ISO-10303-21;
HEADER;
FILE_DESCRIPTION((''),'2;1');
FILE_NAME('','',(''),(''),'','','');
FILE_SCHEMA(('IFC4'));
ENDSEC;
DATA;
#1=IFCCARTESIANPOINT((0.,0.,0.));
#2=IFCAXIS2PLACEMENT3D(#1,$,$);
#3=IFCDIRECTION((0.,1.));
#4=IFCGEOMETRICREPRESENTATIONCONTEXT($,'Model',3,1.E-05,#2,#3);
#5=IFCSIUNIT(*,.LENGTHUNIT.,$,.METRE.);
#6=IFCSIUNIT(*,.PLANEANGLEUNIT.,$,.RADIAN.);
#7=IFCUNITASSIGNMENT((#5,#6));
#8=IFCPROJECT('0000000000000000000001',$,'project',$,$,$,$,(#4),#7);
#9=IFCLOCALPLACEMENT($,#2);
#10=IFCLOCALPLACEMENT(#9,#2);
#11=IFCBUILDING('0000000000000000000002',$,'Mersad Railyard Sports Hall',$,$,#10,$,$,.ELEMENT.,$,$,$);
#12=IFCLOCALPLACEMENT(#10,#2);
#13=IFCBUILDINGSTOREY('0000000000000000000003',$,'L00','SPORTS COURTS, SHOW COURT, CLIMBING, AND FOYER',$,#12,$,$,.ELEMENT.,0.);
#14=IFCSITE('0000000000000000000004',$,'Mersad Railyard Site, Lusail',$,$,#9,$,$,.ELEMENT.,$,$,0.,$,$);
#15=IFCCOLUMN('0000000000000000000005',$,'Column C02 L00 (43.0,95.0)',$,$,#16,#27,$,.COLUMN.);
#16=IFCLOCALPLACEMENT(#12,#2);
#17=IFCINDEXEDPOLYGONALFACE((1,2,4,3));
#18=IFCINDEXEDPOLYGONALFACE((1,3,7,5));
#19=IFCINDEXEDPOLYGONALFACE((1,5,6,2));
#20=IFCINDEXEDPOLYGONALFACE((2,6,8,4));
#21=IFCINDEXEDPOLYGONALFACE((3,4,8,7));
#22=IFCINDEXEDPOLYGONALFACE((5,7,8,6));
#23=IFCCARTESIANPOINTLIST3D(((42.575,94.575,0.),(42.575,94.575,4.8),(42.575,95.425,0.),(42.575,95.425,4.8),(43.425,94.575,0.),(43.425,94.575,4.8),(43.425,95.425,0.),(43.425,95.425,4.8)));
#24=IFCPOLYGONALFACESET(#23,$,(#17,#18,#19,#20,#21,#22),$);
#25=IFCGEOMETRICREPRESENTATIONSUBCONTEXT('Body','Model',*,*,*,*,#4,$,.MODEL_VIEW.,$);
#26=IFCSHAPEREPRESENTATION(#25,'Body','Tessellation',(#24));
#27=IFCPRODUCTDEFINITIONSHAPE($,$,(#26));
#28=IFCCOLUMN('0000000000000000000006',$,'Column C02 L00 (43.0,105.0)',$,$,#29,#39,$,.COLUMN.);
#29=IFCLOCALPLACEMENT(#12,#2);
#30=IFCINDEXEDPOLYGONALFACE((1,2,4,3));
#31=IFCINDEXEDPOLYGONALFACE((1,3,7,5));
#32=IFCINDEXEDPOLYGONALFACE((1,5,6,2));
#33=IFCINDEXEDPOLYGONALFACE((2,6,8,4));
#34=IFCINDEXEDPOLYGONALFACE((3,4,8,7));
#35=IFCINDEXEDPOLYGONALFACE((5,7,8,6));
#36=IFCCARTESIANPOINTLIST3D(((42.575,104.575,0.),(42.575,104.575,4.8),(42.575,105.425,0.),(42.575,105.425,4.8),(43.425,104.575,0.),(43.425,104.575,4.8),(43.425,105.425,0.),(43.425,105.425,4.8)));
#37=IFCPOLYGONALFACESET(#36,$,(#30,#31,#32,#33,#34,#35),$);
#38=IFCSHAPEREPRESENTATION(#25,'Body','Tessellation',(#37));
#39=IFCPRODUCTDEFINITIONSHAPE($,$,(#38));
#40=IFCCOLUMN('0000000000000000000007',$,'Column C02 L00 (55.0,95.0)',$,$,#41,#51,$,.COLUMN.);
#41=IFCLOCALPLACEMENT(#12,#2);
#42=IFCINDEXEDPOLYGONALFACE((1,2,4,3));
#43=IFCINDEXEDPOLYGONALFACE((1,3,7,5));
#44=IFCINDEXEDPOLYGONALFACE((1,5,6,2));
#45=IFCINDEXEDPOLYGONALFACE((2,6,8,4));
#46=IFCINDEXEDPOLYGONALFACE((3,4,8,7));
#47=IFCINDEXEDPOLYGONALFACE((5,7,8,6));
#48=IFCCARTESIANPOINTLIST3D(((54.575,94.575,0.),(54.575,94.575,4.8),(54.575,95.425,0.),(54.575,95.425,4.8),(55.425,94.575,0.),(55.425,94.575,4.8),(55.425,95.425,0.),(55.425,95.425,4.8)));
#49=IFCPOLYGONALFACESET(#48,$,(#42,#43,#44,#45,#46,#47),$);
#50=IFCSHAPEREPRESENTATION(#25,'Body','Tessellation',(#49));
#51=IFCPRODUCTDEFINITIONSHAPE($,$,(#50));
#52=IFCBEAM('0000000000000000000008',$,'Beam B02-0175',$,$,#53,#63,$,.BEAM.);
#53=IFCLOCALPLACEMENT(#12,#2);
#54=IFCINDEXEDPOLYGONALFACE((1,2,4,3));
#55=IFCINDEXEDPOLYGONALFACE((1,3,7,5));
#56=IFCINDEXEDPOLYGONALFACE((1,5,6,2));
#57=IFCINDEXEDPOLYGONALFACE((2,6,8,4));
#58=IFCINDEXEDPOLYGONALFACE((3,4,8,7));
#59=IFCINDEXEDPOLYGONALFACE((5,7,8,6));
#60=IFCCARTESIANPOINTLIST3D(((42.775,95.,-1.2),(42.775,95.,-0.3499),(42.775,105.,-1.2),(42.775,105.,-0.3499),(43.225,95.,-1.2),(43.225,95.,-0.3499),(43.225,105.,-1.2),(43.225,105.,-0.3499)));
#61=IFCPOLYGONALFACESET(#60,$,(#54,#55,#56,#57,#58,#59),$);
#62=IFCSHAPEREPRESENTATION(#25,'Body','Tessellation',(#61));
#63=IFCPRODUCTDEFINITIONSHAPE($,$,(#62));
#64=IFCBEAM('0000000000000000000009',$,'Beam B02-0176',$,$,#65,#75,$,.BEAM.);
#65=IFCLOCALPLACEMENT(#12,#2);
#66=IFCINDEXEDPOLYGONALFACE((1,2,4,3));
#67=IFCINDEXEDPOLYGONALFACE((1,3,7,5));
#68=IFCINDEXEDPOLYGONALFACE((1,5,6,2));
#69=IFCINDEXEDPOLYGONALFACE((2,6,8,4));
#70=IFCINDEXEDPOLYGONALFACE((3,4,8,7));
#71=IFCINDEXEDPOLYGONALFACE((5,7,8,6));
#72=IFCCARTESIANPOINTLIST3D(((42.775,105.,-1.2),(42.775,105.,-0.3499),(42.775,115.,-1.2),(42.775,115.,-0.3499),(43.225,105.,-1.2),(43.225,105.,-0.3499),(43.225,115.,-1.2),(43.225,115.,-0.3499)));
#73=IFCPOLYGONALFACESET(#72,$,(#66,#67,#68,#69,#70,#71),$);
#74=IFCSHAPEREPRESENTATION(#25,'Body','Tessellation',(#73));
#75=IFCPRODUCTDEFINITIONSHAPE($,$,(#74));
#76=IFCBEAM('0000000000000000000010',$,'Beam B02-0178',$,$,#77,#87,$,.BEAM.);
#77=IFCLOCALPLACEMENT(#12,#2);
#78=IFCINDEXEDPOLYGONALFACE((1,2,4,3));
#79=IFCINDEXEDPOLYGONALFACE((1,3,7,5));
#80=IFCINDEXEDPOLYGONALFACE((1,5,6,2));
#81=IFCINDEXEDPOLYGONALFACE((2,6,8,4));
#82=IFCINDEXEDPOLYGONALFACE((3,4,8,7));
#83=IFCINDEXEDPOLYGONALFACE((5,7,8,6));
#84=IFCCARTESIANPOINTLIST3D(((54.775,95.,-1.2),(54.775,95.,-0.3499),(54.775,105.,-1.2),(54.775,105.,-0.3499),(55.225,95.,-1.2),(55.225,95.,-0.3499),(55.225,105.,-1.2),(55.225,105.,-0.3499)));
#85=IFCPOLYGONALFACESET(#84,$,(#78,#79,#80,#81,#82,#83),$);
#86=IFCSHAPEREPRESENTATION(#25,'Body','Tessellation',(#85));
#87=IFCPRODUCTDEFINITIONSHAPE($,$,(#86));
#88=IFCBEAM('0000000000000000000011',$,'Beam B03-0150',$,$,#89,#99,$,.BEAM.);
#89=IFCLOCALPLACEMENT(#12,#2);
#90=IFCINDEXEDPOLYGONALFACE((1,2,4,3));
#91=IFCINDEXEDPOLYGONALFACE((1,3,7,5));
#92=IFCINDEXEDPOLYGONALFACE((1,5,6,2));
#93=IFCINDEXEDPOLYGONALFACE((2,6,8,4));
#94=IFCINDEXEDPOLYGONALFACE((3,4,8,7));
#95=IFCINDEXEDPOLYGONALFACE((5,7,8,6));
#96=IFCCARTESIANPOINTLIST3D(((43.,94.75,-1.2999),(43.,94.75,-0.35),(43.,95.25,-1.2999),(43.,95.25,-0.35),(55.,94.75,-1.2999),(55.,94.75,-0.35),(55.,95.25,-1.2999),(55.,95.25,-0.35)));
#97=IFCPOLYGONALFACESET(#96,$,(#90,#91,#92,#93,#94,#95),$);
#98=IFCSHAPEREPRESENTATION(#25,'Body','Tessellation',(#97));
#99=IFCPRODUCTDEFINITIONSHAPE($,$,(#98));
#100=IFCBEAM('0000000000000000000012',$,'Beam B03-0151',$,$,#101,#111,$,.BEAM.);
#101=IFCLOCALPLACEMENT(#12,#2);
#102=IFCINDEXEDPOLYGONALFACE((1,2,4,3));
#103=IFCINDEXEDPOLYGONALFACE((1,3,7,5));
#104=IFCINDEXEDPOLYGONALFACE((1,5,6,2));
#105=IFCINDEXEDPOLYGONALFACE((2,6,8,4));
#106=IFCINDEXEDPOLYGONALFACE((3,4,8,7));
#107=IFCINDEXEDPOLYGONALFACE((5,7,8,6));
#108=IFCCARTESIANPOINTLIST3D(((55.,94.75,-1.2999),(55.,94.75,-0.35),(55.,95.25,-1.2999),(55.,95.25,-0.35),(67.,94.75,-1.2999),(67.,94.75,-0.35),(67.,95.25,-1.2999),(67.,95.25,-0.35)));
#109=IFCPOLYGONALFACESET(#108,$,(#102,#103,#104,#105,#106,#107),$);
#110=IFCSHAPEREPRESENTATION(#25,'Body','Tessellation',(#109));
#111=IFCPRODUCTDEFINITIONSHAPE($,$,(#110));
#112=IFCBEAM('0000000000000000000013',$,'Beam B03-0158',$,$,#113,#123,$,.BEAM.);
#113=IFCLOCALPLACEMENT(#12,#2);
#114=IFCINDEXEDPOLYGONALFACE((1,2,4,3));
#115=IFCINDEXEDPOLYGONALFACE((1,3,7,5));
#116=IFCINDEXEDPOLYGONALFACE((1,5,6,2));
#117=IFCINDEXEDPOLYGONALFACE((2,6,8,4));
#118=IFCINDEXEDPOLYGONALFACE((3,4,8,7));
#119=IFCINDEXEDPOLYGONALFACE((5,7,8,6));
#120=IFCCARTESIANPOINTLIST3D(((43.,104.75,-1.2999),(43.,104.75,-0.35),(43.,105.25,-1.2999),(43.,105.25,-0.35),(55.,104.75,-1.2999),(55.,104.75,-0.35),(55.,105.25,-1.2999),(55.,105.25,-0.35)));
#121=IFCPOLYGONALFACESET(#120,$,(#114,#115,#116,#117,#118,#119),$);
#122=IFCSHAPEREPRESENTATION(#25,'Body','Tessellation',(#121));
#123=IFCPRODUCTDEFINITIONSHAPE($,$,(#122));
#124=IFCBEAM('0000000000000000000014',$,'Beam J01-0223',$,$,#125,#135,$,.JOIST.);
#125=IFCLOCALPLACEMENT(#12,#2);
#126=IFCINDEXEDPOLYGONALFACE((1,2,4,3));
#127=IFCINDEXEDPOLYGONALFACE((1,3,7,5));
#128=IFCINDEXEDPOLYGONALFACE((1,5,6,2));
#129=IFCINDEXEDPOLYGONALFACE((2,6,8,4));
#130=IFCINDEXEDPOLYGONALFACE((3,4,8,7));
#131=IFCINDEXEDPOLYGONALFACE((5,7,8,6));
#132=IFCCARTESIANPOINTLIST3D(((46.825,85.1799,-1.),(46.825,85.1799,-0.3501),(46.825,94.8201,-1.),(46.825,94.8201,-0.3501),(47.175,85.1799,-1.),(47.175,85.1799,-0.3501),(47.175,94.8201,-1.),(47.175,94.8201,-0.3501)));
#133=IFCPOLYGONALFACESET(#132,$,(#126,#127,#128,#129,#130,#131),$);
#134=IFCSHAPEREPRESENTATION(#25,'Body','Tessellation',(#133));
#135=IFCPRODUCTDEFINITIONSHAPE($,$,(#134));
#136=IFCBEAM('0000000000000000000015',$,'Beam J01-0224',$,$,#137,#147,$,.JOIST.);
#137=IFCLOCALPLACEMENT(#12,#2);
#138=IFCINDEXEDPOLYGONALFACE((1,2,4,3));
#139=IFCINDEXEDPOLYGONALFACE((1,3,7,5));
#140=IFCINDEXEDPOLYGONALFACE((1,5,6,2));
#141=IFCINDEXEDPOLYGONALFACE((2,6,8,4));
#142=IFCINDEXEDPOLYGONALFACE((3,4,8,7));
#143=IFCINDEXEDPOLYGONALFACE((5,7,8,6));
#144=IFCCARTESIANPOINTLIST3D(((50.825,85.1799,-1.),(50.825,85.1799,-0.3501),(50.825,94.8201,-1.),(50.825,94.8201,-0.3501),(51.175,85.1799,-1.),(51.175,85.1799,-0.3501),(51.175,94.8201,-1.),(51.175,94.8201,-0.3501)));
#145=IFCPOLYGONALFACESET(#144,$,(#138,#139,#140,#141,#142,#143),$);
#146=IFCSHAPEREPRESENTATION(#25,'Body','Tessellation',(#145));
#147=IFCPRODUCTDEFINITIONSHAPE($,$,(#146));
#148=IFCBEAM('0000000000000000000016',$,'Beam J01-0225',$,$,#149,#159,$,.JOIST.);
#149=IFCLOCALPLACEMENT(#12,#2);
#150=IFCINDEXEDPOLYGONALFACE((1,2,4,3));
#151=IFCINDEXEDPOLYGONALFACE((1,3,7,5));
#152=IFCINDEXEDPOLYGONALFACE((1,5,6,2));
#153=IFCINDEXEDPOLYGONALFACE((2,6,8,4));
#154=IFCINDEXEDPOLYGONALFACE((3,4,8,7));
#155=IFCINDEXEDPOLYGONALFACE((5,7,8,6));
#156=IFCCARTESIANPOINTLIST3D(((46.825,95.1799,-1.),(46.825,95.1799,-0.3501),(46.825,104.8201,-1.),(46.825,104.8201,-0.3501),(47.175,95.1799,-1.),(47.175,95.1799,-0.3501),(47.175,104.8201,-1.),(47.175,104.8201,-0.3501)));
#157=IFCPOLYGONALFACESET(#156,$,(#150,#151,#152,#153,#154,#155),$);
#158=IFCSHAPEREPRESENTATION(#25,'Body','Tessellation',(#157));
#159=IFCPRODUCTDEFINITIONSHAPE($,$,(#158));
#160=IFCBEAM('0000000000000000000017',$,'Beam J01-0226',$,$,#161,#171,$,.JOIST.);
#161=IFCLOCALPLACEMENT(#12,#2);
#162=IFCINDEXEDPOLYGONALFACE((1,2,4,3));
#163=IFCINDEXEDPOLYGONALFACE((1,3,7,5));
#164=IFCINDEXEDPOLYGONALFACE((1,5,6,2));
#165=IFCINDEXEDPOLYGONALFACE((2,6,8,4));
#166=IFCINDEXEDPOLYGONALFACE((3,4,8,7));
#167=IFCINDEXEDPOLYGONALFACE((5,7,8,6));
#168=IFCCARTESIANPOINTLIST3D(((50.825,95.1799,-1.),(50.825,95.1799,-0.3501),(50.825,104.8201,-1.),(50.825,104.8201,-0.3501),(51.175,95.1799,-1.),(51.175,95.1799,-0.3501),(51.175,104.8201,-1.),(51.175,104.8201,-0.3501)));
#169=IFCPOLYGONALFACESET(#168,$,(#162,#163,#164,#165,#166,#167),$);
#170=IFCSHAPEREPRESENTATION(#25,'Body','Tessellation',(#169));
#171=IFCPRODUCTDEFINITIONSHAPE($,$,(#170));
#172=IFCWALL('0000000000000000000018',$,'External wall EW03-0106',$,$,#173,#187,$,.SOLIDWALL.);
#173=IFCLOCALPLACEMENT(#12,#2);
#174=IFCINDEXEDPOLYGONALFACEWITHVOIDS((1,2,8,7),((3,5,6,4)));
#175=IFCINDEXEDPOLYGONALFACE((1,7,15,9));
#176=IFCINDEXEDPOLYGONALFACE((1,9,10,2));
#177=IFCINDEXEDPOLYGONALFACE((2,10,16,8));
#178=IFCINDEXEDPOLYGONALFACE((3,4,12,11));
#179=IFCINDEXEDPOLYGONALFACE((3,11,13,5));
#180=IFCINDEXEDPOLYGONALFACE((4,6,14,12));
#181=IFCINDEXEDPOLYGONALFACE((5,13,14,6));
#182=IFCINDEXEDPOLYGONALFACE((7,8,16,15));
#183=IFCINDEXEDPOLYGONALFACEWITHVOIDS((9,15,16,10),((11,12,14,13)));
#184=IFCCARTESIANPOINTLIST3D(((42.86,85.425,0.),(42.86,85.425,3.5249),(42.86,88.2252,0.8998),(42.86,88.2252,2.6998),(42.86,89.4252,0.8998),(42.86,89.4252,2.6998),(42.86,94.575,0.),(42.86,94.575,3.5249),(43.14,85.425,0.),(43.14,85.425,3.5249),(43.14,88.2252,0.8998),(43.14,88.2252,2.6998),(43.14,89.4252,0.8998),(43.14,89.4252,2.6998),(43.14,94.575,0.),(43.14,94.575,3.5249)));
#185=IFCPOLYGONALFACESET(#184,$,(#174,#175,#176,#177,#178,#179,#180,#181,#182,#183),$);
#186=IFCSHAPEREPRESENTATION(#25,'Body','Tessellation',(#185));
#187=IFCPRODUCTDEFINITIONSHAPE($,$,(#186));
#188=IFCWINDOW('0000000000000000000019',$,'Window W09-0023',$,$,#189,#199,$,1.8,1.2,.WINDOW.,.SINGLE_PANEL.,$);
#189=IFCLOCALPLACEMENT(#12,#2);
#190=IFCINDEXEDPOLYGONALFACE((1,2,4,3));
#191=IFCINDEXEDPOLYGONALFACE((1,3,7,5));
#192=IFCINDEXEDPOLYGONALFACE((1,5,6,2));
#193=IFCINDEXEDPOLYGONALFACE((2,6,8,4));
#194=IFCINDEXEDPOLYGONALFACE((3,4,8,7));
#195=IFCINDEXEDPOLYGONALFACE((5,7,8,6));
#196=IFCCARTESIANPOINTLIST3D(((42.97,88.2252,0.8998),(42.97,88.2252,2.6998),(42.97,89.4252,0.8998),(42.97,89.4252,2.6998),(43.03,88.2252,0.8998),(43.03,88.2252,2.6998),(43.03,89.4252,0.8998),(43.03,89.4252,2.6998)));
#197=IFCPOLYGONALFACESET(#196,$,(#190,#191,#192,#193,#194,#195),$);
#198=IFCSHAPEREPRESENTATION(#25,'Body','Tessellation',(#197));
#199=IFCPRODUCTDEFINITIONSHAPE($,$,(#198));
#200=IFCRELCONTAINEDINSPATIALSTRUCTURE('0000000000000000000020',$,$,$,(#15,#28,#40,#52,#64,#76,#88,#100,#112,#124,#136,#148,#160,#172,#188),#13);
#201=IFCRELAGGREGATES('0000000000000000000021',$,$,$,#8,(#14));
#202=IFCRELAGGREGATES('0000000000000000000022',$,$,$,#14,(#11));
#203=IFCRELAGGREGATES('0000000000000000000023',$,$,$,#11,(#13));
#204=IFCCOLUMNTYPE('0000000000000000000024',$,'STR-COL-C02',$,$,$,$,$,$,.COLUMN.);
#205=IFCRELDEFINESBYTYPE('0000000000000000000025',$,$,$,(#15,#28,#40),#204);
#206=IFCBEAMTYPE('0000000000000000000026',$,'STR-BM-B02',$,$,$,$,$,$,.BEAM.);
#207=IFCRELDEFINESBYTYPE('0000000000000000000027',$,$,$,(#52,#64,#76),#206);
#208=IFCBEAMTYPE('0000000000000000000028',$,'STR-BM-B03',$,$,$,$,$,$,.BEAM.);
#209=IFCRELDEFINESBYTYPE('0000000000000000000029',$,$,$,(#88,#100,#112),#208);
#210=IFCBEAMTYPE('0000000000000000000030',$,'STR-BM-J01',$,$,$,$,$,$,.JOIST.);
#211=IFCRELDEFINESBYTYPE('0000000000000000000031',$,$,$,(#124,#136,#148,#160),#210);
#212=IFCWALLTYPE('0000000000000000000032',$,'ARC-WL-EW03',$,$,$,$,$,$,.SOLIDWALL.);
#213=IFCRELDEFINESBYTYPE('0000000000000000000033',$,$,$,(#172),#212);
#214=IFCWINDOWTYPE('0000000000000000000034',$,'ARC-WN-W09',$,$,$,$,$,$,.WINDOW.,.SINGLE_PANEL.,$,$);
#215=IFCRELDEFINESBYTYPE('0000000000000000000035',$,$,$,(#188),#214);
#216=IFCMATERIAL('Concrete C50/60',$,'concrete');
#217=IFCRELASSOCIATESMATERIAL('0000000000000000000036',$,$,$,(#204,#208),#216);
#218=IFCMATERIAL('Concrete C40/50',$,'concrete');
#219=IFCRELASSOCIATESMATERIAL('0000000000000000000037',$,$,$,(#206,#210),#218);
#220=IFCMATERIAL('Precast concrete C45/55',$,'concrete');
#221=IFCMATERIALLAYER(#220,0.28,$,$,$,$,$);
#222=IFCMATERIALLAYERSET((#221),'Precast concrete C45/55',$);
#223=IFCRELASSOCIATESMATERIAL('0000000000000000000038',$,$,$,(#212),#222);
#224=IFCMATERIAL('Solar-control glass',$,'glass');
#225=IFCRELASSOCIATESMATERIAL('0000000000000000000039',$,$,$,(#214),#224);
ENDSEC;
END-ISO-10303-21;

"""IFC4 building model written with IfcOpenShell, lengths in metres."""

from ifc_helpers import new_model, si_unit, direction, frame, frame_2d, origin, origin_2d, place, context, subcontext, project, spatial, rectangle, extrude, material, layer, layer_set, material_profile, profile_set, type_object, element, fill, save


model = new_model("IFC4")

# Units and contexts
model_context = context("Model", 3, precision=1e-05, world=origin(), true_north=direction((0.0, 1.0)))
body_context = subcontext(model_context, "Body", "Model", "MODEL_VIEW")
ifc_project = project(units=[si_unit("LENGTHUNIT", "METRE"), si_unit("PLANEANGLEUNIT", "RADIAN")], contexts=[model_context])

# Site, building, storey
site_placement = place(None, origin())
site = spatial("IfcSite", under=ifc_project, at=site_placement, Name="Mersad Railyard Site, Lusail", CompositionType="ELEMENT", RefElevation=0.0)
building_placement = place(site_placement, origin())
building = spatial("IfcBuilding", under=site, at=building_placement, Name="Mersad Railyard Sports Hall", CompositionType="ELEMENT")
storey_placement = place(building_placement, origin())
storey = spatial("IfcBuildingStorey", under=building, at=storey_placement, Name="L00", Description="SPORTS COURTS, SHOW COURT, CLIMBING, AND FOYER", CompositionType="ELEMENT", Elevation=0.0)

# Columns
ifc_material_1 = material(Name="Concrete C50/60", Category="concrete")
ifc_material_profile_1 = material_profile(ifc_material_1, rectangle(XDim=0.8501, YDim=0.8501, at=origin_2d()), Name="RC 850x850")
ifc_profile_set_1 = profile_set([ifc_material_profile_1], Name="Concrete C50/60")
column_type = type_object("IfcColumnType", Name="STR-COL-C02", PredefinedType="COLUMN", material=ifc_profile_set_1)
for number, where, z_axis, x_axis, name in (
    (1, (43.0, 95.0, 0.0), (0.0, 0.0, 1.0), (1.0, 0.0, 0.0), "Column C02 L00 (43.0,95.0)"),
    (2, (43.0, 105.0, 0.0), (0.0, 0.0, 1.0), (1.0, 0.0, 0.0), "Column C02 L00 (43.0,105.0)"),
    (3, (55.0, 95.0, 0.0), (0.0, 0.0, 1.0), (1.0, 0.0, 0.0), "Column C02 L00 (55.0,95.0)"),
):
    element("IfcColumn", number, at=place(storey_placement, frame(where, z_axis=z_axis, x_axis=x_axis)), inside=storey, type_object=column_type, Name=name, PredefinedType="COLUMN", context=body_context, shape_type="SweptSolid", body=[
        extrude(rectangle(XDim=0.8501, YDim=0.8501, at=origin_2d()), origin(), (0.0, 0.0, 1.0), 4.8),
    ])

# Beams
ifc_material_2 = material(Name="Concrete C40/50", Category="concrete")
ifc_material_profile_2 = material_profile(ifc_material_2, rectangle(XDim=0.45, YDim=0.8501, at=origin_2d()), Name="RC 450x850")
ifc_profile_set_2 = profile_set([ifc_material_profile_2], Name="Concrete C40/50")
beam_type_1 = type_object("IfcBeamType", Name="STR-BM-B02", PredefinedType="BEAM", material=ifc_profile_set_2)
for number, where, z_axis, x_axis, name in (
    (4, (43.0, 95.0, -0.7749), (0.0, 1.0, 0.0), (-1.0, 0.0, 0.0), "Beam B02-0175"),
    (5, (43.0, 105.0, -0.7749), (0.0, 1.0, 0.0), (-1.0, 0.0, 0.0), "Beam B02-0176"),
    (6, (55.0, 95.0, -0.7749), (0.0, 1.0, 0.0), (-1.0, 0.0, 0.0), "Beam B02-0178"),
):
    element("IfcBeam", number, at=place(storey_placement, frame(where, z_axis=z_axis, x_axis=x_axis)), inside=storey, type_object=beam_type_1, Name=name, PredefinedType="BEAM", context=body_context, shape_type="SweptSolid", body=[
        extrude(rectangle(XDim=0.45, YDim=0.8501, at=origin_2d()), origin(), (0.0, 0.0, 1.0), 10.0),
    ])
ifc_material_profile_3 = material_profile(ifc_material_1, rectangle(XDim=0.5, YDim=0.95, at=origin_2d()), Name="RC 500x950")
ifc_profile_set_3 = profile_set([ifc_material_profile_3], Name="Concrete C50/60")
beam_type_2 = type_object("IfcBeamType", Name="STR-BM-B03", PredefinedType="BEAM", material=ifc_profile_set_3)
for number, where, z_axis, x_axis, name in (
    (7, (43.0, 95.0, -0.825), (1.0, 0.0, 0.0), (0.0, 1.0, 0.0), "Beam B03-0150"),
    (8, (55.0, 95.0, -0.825), (1.0, 0.0, 0.0), (0.0, 1.0, 0.0), "Beam B03-0151"),
    (9, (43.0, 105.0, -0.825), (1.0, 0.0, 0.0), (0.0, 1.0, 0.0), "Beam B03-0158"),
):
    element("IfcBeam", number, at=place(storey_placement, frame(where, z_axis=z_axis, x_axis=x_axis)), inside=storey, type_object=beam_type_2, Name=name, PredefinedType="BEAM", context=body_context, shape_type="SweptSolid", body=[
        extrude(rectangle(XDim=0.5, YDim=0.95, at=origin_2d()), origin(), (0.0, 0.0, 1.0), 12.0),
    ])
ifc_material_profile_4 = material_profile(ifc_material_2, rectangle(XDim=0.3501, YDim=0.6499, at=origin_2d()), Name="RC 350x650")
ifc_profile_set_4 = profile_set([ifc_material_profile_4], Name="Concrete C40/50")
beam_type_3 = type_object("IfcBeamType", Name="STR-BM-J01", PredefinedType="JOIST", material=ifc_profile_set_4)
for number, where, z_axis, x_axis, name in (
    (10, (47.0, 85.1799, -0.675), (0.0, 1.0, 0.0), (-1.0, 0.0, 0.0), "Beam J01-0223"),
    (11, (51.0, 85.1799, -0.675), (0.0, 1.0, 0.0), (-1.0, 0.0, 0.0), "Beam J01-0224"),
    (12, (47.0, 95.1799, -0.675), (0.0, 1.0, 0.0), (-1.0, 0.0, 0.0), "Beam J01-0225"),
    (13, (51.0, 95.1799, -0.675), (0.0, 1.0, 0.0), (-1.0, 0.0, 0.0), "Beam J01-0226"),
):
    element("IfcBeam", number, at=place(storey_placement, frame(where, z_axis=z_axis, x_axis=x_axis)), inside=storey, type_object=beam_type_3, Name=name, PredefinedType="JOIST", context=body_context, shape_type="SweptSolid", body=[
        extrude(rectangle(XDim=0.3501, YDim=0.6499, at=origin_2d()), origin(), (0.0, 0.0, 1.0), 9.6401),
    ])

# Wall, opening, window
ifc_material_3 = material(Name="Precast concrete C45/55", Category="concrete")
ifc_layer_1 = layer(ifc_material_3, 0.28)
ifc_layer_set_1 = layer_set([ifc_layer_1], Name="Precast concrete C45/55")
wall_type_1 = type_object("IfcWallType", Name="ARC-WL-EW03", PredefinedType="SOLIDWALL", material=ifc_layer_set_1)
wall_1_placement = place(storey_placement, frame((43.0, 85.425, 0.0), z_axis=(0.0, 0.0, 1.0), x_axis=(0.0, 1.0, 0.0)))
wall_1 = element("IfcWall", 14, at=wall_1_placement, inside=storey, type_object=wall_type_1, Name="External wall EW03-0106", PredefinedType="SOLIDWALL", context=body_context, shape_type="SweptSolid", body=[
    extrude(rectangle(XDim=9.1499, YDim=0.28, at=frame_2d((4.575, 0.0))), origin(), (0.0, 0.0, 1.0), 3.5249),
])
opening_1_placement = place(wall_1_placement, frame((2.8, 0.0, 0.8999)))
opening_1 = element("IfcOpeningElement", 15, at=opening_1_placement, cuts=wall_1, PredefinedType="OPENING", context=body_context, shape_type="SweptSolid", body=[
    extrude(rectangle(XDim=1.2, YDim=1.8, at=frame_2d((0.6001, 0.8999))), frame((0.0, 0.1499, 0.0), z_axis=(0.0, -1.0, 0.0), x_axis=(1.0, 0.0, 0.0)), (0.0, 0.0, 1.0), 0.3),
])
ifc_material_4 = material(Name="Solar-control glass", Category="glass")
window_type_1 = type_object("IfcWindowType", Name="ARC-WN-W09", PartitioningType="SINGLE_PANEL", PredefinedType="WINDOW", material=ifc_material_4)
window_1_placement = place(opening_1_placement, origin())
window_1 = element("IfcWindow", 16, at=window_1_placement, inside=storey, type_object=window_type_1, Name="Window W09-0023", OverallHeight=1.8, OverallWidth=1.2, PartitioningType="SINGLE_PANEL", PredefinedType="WINDOW", context=body_context, shape_type="SweptSolid", body=[
    extrude(rectangle(XDim=1.2, YDim=1.8, at=frame_2d((0.6001, 0.8999))), frame((0.0, 0.03, 0.0), z_axis=(0.0, -1.0, 0.0), x_axis=(1.0, 0.0, 0.0)), (0.0, 0.0, 1.0), 0.0601),
])
fill(opening_1, window_1)

save(model, "model.ifc")
